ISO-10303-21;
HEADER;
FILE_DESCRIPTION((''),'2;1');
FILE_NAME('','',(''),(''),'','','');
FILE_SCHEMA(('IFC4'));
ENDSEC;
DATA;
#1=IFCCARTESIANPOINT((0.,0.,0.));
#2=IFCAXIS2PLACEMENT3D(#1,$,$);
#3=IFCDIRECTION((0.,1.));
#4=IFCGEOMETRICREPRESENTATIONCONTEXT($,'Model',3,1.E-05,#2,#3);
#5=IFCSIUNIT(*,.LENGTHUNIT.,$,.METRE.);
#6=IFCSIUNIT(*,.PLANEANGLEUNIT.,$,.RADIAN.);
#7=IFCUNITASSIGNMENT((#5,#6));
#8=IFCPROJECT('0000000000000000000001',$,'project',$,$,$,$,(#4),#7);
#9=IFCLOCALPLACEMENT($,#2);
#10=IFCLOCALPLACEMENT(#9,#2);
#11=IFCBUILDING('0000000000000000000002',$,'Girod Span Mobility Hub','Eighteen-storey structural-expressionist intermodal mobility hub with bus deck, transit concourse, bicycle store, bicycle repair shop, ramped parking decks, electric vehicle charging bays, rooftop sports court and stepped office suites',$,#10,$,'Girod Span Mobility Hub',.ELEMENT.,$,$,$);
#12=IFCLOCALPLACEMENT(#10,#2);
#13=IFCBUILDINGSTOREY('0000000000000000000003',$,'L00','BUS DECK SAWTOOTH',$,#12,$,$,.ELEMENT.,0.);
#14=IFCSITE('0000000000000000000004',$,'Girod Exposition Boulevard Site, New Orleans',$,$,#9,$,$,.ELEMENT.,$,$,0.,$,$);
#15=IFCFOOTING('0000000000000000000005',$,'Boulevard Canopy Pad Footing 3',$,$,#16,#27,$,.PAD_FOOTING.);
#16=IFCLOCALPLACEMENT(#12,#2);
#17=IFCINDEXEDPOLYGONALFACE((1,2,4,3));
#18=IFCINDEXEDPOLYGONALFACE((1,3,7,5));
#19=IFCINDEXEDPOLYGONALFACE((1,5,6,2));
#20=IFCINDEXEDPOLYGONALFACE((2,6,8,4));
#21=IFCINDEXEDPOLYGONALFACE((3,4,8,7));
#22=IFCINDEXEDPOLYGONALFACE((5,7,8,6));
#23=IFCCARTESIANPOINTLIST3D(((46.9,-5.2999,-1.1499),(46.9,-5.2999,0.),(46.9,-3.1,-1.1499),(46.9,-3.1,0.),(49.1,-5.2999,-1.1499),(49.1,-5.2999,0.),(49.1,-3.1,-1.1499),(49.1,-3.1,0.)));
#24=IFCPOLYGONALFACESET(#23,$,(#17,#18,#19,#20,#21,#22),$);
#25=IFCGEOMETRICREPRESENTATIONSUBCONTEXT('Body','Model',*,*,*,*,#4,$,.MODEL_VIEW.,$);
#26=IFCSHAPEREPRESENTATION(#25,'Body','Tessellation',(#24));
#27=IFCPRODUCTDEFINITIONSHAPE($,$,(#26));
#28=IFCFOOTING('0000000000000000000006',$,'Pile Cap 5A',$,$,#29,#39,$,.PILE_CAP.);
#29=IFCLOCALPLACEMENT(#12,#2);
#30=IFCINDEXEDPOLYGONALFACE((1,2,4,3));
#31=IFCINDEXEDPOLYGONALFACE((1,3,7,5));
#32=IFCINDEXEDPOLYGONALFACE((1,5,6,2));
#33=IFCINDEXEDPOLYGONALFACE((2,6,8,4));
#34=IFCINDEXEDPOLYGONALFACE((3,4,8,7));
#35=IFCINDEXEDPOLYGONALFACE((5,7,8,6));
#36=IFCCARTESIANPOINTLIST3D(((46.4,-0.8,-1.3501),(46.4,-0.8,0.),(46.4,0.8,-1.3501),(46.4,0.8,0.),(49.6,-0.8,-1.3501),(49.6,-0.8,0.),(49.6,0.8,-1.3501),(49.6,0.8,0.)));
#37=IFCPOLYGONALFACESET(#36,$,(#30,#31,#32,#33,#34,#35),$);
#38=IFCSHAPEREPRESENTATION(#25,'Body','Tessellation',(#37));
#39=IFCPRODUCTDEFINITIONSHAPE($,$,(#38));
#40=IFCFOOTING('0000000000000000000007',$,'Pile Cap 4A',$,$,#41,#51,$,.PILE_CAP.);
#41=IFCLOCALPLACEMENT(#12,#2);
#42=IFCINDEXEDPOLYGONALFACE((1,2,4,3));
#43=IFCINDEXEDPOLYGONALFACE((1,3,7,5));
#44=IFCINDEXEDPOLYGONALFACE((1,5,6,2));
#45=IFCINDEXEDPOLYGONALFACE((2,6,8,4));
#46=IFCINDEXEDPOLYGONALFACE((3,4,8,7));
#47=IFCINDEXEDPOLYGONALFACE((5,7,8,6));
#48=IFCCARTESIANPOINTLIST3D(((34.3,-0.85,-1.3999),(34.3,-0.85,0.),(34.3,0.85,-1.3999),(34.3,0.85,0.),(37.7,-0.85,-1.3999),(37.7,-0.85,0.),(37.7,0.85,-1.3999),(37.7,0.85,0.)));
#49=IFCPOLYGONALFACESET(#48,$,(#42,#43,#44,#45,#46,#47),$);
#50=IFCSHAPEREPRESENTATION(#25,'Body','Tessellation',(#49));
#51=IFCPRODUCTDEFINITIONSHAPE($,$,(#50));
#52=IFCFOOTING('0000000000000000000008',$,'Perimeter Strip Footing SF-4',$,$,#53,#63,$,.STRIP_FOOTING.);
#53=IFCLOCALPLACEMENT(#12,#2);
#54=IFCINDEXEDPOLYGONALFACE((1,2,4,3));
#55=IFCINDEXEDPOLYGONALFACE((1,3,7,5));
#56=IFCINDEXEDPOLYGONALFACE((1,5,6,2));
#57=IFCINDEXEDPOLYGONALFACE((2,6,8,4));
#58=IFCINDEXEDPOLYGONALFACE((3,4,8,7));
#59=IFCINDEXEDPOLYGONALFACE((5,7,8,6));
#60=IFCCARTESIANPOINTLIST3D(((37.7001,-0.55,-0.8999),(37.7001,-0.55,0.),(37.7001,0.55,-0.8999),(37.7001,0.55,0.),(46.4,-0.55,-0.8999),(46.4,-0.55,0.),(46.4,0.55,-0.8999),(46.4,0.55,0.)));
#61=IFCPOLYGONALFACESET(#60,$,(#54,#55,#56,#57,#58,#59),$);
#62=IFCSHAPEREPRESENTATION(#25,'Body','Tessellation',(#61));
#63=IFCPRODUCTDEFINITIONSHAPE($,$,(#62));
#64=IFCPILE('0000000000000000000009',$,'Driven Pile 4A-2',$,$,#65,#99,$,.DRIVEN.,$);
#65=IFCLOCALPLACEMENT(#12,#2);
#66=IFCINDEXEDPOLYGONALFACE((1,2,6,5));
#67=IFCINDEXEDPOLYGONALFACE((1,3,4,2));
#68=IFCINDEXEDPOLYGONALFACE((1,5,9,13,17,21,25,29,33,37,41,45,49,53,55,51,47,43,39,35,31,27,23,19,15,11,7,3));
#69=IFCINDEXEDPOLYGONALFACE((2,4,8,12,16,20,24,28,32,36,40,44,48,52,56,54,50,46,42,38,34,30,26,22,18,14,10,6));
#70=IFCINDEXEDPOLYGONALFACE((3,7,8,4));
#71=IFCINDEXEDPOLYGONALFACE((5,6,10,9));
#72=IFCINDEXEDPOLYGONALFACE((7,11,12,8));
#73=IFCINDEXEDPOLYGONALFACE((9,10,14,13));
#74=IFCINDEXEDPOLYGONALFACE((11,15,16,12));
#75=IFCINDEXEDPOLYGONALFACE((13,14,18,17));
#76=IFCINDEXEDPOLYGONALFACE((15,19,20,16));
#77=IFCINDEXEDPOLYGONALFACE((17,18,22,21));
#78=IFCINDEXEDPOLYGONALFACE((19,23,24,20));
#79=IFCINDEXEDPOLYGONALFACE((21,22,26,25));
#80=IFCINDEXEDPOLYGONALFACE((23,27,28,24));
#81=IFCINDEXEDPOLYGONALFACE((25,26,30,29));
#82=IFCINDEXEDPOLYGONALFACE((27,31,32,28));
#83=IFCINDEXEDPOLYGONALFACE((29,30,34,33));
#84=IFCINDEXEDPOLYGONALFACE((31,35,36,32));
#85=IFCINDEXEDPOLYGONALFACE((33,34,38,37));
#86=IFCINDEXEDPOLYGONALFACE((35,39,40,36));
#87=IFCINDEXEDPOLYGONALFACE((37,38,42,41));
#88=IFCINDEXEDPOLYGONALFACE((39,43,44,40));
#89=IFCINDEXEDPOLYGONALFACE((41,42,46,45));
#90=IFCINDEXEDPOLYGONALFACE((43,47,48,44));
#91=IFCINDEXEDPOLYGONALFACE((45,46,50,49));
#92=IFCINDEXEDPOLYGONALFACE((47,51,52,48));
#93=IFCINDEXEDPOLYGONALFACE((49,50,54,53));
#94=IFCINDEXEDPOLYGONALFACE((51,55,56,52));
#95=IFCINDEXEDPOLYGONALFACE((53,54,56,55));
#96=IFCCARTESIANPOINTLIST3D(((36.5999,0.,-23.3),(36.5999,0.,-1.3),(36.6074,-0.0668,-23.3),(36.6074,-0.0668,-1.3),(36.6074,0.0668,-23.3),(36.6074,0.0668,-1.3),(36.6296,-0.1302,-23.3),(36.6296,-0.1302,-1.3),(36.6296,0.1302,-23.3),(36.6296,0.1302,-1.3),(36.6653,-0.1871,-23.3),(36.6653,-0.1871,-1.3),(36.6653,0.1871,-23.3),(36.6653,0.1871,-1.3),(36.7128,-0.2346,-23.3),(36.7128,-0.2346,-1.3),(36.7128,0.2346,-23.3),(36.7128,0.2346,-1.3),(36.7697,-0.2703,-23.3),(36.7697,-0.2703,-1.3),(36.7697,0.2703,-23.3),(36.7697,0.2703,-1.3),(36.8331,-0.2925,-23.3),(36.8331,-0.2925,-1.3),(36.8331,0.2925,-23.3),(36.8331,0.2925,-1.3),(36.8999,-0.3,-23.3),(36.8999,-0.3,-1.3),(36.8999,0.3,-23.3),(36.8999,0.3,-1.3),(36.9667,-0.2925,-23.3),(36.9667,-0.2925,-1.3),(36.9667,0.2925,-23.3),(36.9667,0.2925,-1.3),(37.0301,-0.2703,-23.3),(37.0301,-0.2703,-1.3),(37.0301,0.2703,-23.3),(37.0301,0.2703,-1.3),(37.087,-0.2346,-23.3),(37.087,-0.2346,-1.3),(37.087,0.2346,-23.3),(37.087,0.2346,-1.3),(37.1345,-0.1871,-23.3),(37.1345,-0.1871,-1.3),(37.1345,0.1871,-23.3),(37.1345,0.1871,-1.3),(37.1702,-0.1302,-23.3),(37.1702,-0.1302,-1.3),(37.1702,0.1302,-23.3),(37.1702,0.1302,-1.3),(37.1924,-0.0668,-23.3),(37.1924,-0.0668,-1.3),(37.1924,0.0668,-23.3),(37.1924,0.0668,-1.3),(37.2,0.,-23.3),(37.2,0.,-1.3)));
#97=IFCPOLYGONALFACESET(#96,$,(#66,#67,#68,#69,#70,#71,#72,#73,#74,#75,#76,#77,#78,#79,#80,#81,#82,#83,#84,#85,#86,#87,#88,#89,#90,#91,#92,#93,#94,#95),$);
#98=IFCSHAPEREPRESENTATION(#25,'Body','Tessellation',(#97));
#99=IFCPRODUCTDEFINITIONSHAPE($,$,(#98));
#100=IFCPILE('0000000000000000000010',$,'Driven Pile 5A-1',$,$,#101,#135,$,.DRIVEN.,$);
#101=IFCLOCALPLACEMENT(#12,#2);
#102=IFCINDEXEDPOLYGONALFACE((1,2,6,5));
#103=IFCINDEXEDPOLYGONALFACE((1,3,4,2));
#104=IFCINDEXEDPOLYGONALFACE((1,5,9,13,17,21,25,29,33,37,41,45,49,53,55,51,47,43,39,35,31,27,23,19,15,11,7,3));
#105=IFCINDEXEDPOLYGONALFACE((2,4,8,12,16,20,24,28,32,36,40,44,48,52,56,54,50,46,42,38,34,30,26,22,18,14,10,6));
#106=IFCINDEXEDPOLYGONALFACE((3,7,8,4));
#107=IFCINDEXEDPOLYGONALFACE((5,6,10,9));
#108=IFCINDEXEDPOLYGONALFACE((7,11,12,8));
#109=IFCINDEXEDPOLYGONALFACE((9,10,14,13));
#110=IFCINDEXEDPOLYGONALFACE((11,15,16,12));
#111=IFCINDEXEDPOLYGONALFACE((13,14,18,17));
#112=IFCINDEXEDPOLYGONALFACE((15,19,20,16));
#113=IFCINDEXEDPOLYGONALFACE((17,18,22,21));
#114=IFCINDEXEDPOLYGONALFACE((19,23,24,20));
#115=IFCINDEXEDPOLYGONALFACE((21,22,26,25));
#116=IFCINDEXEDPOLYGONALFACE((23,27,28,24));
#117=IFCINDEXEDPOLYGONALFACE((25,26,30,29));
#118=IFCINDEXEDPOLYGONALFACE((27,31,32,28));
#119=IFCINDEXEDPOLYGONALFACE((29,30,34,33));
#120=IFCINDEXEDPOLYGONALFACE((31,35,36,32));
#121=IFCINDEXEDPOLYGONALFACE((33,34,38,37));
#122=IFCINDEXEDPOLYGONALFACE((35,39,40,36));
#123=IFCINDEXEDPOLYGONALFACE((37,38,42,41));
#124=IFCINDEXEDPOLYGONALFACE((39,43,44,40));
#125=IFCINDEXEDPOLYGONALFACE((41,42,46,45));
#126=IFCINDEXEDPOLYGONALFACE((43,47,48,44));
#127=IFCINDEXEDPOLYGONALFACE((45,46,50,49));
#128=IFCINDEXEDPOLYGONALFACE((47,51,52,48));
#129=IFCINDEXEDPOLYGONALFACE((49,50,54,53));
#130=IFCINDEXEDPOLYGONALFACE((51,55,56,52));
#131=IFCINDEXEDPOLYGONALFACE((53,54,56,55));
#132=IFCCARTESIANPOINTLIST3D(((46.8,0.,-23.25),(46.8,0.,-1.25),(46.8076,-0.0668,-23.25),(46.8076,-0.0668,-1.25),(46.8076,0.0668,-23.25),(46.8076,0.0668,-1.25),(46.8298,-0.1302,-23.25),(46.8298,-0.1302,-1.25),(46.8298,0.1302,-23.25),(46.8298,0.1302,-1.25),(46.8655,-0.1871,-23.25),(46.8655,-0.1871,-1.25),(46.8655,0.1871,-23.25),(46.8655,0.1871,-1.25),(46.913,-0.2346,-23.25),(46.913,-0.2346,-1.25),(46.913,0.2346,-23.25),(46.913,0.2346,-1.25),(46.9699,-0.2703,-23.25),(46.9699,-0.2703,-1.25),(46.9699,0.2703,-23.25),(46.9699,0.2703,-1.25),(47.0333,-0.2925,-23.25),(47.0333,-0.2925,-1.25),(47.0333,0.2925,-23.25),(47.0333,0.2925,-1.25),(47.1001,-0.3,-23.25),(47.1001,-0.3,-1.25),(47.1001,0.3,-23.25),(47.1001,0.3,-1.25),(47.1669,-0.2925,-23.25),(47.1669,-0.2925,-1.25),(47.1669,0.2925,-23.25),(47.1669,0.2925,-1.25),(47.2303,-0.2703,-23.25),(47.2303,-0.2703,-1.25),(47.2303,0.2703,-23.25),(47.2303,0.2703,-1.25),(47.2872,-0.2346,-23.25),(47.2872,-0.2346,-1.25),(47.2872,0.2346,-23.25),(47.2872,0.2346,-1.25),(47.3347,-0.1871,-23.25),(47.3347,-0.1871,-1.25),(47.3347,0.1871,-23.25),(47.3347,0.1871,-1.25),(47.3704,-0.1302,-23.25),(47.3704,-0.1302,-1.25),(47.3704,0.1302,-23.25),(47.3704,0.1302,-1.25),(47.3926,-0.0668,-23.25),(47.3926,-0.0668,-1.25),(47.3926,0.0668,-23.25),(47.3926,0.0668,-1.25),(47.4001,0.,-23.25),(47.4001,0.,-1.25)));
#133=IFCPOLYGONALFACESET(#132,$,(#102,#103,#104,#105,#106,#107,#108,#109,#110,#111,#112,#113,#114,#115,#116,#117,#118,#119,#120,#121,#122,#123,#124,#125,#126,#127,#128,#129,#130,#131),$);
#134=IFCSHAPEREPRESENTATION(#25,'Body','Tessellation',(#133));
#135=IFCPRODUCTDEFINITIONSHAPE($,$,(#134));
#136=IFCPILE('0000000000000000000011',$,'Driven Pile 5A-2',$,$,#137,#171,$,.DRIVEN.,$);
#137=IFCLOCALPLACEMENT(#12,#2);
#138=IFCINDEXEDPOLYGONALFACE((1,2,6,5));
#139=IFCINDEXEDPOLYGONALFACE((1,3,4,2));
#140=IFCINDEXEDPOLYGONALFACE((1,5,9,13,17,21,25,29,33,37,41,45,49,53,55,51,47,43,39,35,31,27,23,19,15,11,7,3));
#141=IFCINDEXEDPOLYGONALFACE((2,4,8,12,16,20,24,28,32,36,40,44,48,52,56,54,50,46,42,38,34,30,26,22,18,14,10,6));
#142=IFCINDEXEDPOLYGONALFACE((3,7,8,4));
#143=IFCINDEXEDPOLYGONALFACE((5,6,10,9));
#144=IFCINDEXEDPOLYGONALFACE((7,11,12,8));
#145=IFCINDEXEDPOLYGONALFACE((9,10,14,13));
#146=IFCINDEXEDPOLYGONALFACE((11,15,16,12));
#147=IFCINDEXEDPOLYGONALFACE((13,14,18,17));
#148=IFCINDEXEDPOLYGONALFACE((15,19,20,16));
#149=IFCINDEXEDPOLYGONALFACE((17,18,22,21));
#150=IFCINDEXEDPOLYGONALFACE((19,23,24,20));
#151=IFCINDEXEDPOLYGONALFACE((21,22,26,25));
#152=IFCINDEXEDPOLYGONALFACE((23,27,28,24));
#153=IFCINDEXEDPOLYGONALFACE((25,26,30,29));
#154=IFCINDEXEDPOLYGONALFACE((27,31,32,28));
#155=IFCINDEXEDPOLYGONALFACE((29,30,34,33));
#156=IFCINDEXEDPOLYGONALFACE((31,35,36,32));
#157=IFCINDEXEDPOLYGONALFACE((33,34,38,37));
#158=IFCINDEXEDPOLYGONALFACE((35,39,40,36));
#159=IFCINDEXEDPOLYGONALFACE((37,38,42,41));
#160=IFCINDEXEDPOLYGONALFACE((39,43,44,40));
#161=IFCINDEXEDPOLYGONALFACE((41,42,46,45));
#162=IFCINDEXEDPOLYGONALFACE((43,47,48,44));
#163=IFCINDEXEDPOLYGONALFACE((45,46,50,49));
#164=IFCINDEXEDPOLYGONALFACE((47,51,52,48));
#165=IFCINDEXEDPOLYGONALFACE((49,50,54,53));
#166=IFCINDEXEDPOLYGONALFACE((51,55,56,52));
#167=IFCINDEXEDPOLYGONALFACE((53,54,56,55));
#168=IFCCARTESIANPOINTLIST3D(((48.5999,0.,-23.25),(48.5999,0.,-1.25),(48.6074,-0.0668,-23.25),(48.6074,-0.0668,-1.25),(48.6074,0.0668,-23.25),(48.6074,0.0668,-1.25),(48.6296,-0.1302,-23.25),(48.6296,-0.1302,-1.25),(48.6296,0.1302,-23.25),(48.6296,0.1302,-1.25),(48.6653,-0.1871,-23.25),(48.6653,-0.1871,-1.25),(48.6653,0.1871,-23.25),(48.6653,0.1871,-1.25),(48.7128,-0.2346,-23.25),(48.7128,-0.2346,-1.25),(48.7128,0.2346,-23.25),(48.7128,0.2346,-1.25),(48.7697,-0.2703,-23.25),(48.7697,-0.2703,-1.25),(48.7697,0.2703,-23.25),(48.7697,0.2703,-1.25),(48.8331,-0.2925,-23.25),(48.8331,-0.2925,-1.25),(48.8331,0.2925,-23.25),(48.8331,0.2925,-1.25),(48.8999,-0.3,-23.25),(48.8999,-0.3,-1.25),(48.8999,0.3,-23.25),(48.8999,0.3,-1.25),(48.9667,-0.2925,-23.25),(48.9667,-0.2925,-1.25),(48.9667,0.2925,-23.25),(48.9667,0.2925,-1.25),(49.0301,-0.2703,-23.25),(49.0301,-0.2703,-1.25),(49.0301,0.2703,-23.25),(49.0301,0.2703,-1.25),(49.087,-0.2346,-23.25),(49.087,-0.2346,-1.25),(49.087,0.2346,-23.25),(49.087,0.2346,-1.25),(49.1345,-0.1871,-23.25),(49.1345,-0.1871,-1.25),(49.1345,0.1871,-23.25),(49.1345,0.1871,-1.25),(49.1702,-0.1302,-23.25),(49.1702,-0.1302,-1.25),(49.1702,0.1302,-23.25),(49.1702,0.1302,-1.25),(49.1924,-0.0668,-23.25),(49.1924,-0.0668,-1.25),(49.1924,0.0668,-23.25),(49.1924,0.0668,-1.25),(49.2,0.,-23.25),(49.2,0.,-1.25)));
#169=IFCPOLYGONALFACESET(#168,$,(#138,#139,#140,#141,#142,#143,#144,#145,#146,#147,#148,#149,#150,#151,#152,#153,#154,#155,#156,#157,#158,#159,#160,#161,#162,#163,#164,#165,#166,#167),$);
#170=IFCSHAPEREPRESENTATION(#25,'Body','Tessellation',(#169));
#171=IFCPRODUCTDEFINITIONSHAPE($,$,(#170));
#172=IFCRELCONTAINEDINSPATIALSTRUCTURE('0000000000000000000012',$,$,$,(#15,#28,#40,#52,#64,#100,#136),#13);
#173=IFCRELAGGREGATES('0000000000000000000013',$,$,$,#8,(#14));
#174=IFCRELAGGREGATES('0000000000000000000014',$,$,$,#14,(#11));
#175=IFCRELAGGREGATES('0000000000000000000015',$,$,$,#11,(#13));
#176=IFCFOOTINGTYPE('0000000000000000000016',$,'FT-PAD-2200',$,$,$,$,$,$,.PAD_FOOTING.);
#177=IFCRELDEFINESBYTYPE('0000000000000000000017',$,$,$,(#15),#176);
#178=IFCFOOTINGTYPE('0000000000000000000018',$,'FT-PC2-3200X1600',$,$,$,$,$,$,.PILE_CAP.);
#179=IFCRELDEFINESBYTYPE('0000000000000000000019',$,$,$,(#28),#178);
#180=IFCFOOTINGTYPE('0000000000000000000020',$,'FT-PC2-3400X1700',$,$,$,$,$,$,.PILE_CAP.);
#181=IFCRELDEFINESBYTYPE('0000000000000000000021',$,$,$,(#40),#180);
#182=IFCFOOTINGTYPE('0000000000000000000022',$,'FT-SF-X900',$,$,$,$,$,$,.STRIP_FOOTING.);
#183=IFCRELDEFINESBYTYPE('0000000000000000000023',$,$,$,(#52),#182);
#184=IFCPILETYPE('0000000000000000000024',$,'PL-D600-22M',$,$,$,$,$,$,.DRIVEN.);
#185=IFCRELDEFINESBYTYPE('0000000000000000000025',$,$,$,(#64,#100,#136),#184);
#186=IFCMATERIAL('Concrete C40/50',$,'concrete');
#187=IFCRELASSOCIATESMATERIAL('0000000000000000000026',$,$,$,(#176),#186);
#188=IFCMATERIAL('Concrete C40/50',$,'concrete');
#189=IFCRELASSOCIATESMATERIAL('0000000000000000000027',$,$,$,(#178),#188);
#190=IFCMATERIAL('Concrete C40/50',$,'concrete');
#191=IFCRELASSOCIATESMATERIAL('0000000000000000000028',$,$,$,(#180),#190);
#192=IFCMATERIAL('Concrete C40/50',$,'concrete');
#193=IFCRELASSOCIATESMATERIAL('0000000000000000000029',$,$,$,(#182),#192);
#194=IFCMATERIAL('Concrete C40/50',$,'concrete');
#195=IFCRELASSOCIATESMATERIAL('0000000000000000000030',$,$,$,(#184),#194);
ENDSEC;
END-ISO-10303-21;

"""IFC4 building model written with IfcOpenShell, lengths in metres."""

from ifc_helpers import new_model, si_unit, direction, frame, origin, origin_2d, place, context, subcontext, project, spatial, rectangle, circle, extrude, material, material_profile, profile_set, type_object, element, save


model = new_model("IFC4")

# Units and contexts
model_context = context("Model", 3, precision=1e-05, world=origin(), true_north=direction((0.0, 1.0)))
body_context = subcontext(model_context, "Body", "Model", "MODEL_VIEW")
ifc_project = project(units=[si_unit("LENGTHUNIT", "METRE"), si_unit("PLANEANGLEUNIT", "RADIAN")], contexts=[model_context])

# Site, building, storey
site_placement = place(None, origin())
site = spatial("IfcSite", under=ifc_project, at=site_placement, Name="Girod Exposition Boulevard Site, New Orleans", CompositionType="ELEMENT", RefElevation=0.0)
building_placement = place(site_placement, origin())
building = spatial("IfcBuilding", under=site, at=building_placement, Name="Girod Span Mobility Hub", Description="Eighteen-storey structural-expressionist intermodal mobility hub with bus deck, transit concourse, bicycle store, bicycle repair shop, ramped parking decks, electric vehicle charging bays, rooftop sports court and stepped office suites", LongName="Girod Span Mobility Hub", CompositionType="ELEMENT")
storey_placement = place(building_placement, origin())
storey = spatial("IfcBuildingStorey", under=building, at=storey_placement, Name="L00", Description="BUS DECK SAWTOOTH", CompositionType="ELEMENT", Elevation=0.0)

# Footings
ifc_material_1 = material(Name="Concrete C40/50", Category="concrete")
footing_type_1 = type_object("IfcFootingType", Name="FT-PAD-2200", PredefinedType="PAD_FOOTING", material=ifc_material_1)
footing_1_placement = place(storey_placement, frame((48.0, -4.2, -1.1499), z_axis=(0.0, 0.0, 1.0), x_axis=(1.0, 0.0, 0.0)))
element("IfcFooting", 1, at=footing_1_placement, inside=storey, type_object=footing_type_1, Name="Boulevard Canopy Pad Footing 3", PredefinedType="PAD_FOOTING", context=body_context, shape_type="SweptSolid", body=[
    extrude(rectangle(XDim=2.2, YDim=2.2, at=origin_2d()), origin(), (0.0, 0.0, 1.0), 1.1499),
])
ifc_material_2 = material(Name="Concrete C40/50", Category="concrete")
footing_type_2 = type_object("IfcFootingType", Name="FT-PC2-3200X1600", PredefinedType="PILE_CAP", material=ifc_material_2)
footing_2_placement = place(storey_placement, frame((48.0, 0.0, -1.3501), z_axis=(0.0, 0.0, 1.0), x_axis=(1.0, 0.0, 0.0)))
element("IfcFooting", 2, at=footing_2_placement, inside=storey, type_object=footing_type_2, Name="Pile Cap 5A", PredefinedType="PILE_CAP", context=body_context, shape_type="SweptSolid", body=[
    extrude(rectangle(XDim=3.2, YDim=1.6001, at=origin_2d()), origin(), (0.0, 0.0, 1.0), 1.3501),
])
ifc_material_3 = material(Name="Concrete C40/50", Category="concrete")
footing_type_3 = type_object("IfcFootingType", Name="FT-PC2-3400X1700", PredefinedType="PILE_CAP", material=ifc_material_3)
footing_3_placement = place(storey_placement, frame((36.0, 0.0, -1.3999), z_axis=(0.0, 0.0, 1.0), x_axis=(1.0, 0.0, 0.0)))
element("IfcFooting", 3, at=footing_3_placement, inside=storey, type_object=footing_type_3, Name="Pile Cap 4A", PredefinedType="PILE_CAP", context=body_context, shape_type="SweptSolid", body=[
    extrude(rectangle(XDim=3.3999, YDim=1.7, at=origin_2d()), origin(), (0.0, 0.0, 1.0), 1.3999),
])
ifc_material_4 = material(Name="Concrete C40/50", Category="concrete")
footing_type_4 = type_object("IfcFootingType", Name="FT-SF-X900", PredefinedType="STRIP_FOOTING", material=ifc_material_4)
footing_4_placement = place(storey_placement, frame((42.05, 0.0, -0.8999), z_axis=(0.0, 0.0, 1.0), x_axis=(1.0, 0.0, 0.0)))
element("IfcFooting", 4, at=footing_4_placement, inside=storey, type_object=footing_type_4, Name="Perimeter Strip Footing SF-4", PredefinedType="STRIP_FOOTING", context=body_context, shape_type="SweptSolid", body=[
    extrude(rectangle(XDim=8.7, YDim=1.1001, at=origin_2d()), origin(), (0.0, 0.0, 1.0), 0.8999),
])

# Piles
ifc_material_5 = material(Name="Concrete C40/50", Category="concrete")
ifc_material_profile_1 = material_profile(ifc_material_5, circle(Radius=0.3, at=origin_2d()), Name="PILE-D600")
ifc_profile_set_1 = profile_set([ifc_material_profile_1], Name="Concrete C40/50")
pile_type = type_object("IfcPileType", Name="PL-D600-22M", PredefinedType="DRIVEN", material=ifc_profile_set_1)
for number, where, z_axis, x_axis, name in (
    (5, (36.8999, 0.0, -1.3), (0.0, 0.0, -1.0), (1.0, 0.0, 0.0), "Driven Pile 4A-2"),
    (6, (47.1001, 0.0, -1.25), (0.0, 0.0, -1.0), (1.0, 0.0, 0.0), "Driven Pile 5A-1"),
    (7, (48.8999, 0.0, -1.25), (0.0, 0.0, -1.0), (1.0, 0.0, 0.0), "Driven Pile 5A-2"),
):
    element("IfcPile", number, at=place(storey_placement, frame(where, z_axis=z_axis, x_axis=x_axis)), inside=storey, type_object=pile_type, Name=name, PredefinedType="DRIVEN", context=body_context, shape_type="SweptSolid", body=[
        extrude(circle(Radius=0.3, at=origin_2d()), origin(), (0.0, 0.0, 1.0), 22.0),
    ])

save(model, "model.ifc")
